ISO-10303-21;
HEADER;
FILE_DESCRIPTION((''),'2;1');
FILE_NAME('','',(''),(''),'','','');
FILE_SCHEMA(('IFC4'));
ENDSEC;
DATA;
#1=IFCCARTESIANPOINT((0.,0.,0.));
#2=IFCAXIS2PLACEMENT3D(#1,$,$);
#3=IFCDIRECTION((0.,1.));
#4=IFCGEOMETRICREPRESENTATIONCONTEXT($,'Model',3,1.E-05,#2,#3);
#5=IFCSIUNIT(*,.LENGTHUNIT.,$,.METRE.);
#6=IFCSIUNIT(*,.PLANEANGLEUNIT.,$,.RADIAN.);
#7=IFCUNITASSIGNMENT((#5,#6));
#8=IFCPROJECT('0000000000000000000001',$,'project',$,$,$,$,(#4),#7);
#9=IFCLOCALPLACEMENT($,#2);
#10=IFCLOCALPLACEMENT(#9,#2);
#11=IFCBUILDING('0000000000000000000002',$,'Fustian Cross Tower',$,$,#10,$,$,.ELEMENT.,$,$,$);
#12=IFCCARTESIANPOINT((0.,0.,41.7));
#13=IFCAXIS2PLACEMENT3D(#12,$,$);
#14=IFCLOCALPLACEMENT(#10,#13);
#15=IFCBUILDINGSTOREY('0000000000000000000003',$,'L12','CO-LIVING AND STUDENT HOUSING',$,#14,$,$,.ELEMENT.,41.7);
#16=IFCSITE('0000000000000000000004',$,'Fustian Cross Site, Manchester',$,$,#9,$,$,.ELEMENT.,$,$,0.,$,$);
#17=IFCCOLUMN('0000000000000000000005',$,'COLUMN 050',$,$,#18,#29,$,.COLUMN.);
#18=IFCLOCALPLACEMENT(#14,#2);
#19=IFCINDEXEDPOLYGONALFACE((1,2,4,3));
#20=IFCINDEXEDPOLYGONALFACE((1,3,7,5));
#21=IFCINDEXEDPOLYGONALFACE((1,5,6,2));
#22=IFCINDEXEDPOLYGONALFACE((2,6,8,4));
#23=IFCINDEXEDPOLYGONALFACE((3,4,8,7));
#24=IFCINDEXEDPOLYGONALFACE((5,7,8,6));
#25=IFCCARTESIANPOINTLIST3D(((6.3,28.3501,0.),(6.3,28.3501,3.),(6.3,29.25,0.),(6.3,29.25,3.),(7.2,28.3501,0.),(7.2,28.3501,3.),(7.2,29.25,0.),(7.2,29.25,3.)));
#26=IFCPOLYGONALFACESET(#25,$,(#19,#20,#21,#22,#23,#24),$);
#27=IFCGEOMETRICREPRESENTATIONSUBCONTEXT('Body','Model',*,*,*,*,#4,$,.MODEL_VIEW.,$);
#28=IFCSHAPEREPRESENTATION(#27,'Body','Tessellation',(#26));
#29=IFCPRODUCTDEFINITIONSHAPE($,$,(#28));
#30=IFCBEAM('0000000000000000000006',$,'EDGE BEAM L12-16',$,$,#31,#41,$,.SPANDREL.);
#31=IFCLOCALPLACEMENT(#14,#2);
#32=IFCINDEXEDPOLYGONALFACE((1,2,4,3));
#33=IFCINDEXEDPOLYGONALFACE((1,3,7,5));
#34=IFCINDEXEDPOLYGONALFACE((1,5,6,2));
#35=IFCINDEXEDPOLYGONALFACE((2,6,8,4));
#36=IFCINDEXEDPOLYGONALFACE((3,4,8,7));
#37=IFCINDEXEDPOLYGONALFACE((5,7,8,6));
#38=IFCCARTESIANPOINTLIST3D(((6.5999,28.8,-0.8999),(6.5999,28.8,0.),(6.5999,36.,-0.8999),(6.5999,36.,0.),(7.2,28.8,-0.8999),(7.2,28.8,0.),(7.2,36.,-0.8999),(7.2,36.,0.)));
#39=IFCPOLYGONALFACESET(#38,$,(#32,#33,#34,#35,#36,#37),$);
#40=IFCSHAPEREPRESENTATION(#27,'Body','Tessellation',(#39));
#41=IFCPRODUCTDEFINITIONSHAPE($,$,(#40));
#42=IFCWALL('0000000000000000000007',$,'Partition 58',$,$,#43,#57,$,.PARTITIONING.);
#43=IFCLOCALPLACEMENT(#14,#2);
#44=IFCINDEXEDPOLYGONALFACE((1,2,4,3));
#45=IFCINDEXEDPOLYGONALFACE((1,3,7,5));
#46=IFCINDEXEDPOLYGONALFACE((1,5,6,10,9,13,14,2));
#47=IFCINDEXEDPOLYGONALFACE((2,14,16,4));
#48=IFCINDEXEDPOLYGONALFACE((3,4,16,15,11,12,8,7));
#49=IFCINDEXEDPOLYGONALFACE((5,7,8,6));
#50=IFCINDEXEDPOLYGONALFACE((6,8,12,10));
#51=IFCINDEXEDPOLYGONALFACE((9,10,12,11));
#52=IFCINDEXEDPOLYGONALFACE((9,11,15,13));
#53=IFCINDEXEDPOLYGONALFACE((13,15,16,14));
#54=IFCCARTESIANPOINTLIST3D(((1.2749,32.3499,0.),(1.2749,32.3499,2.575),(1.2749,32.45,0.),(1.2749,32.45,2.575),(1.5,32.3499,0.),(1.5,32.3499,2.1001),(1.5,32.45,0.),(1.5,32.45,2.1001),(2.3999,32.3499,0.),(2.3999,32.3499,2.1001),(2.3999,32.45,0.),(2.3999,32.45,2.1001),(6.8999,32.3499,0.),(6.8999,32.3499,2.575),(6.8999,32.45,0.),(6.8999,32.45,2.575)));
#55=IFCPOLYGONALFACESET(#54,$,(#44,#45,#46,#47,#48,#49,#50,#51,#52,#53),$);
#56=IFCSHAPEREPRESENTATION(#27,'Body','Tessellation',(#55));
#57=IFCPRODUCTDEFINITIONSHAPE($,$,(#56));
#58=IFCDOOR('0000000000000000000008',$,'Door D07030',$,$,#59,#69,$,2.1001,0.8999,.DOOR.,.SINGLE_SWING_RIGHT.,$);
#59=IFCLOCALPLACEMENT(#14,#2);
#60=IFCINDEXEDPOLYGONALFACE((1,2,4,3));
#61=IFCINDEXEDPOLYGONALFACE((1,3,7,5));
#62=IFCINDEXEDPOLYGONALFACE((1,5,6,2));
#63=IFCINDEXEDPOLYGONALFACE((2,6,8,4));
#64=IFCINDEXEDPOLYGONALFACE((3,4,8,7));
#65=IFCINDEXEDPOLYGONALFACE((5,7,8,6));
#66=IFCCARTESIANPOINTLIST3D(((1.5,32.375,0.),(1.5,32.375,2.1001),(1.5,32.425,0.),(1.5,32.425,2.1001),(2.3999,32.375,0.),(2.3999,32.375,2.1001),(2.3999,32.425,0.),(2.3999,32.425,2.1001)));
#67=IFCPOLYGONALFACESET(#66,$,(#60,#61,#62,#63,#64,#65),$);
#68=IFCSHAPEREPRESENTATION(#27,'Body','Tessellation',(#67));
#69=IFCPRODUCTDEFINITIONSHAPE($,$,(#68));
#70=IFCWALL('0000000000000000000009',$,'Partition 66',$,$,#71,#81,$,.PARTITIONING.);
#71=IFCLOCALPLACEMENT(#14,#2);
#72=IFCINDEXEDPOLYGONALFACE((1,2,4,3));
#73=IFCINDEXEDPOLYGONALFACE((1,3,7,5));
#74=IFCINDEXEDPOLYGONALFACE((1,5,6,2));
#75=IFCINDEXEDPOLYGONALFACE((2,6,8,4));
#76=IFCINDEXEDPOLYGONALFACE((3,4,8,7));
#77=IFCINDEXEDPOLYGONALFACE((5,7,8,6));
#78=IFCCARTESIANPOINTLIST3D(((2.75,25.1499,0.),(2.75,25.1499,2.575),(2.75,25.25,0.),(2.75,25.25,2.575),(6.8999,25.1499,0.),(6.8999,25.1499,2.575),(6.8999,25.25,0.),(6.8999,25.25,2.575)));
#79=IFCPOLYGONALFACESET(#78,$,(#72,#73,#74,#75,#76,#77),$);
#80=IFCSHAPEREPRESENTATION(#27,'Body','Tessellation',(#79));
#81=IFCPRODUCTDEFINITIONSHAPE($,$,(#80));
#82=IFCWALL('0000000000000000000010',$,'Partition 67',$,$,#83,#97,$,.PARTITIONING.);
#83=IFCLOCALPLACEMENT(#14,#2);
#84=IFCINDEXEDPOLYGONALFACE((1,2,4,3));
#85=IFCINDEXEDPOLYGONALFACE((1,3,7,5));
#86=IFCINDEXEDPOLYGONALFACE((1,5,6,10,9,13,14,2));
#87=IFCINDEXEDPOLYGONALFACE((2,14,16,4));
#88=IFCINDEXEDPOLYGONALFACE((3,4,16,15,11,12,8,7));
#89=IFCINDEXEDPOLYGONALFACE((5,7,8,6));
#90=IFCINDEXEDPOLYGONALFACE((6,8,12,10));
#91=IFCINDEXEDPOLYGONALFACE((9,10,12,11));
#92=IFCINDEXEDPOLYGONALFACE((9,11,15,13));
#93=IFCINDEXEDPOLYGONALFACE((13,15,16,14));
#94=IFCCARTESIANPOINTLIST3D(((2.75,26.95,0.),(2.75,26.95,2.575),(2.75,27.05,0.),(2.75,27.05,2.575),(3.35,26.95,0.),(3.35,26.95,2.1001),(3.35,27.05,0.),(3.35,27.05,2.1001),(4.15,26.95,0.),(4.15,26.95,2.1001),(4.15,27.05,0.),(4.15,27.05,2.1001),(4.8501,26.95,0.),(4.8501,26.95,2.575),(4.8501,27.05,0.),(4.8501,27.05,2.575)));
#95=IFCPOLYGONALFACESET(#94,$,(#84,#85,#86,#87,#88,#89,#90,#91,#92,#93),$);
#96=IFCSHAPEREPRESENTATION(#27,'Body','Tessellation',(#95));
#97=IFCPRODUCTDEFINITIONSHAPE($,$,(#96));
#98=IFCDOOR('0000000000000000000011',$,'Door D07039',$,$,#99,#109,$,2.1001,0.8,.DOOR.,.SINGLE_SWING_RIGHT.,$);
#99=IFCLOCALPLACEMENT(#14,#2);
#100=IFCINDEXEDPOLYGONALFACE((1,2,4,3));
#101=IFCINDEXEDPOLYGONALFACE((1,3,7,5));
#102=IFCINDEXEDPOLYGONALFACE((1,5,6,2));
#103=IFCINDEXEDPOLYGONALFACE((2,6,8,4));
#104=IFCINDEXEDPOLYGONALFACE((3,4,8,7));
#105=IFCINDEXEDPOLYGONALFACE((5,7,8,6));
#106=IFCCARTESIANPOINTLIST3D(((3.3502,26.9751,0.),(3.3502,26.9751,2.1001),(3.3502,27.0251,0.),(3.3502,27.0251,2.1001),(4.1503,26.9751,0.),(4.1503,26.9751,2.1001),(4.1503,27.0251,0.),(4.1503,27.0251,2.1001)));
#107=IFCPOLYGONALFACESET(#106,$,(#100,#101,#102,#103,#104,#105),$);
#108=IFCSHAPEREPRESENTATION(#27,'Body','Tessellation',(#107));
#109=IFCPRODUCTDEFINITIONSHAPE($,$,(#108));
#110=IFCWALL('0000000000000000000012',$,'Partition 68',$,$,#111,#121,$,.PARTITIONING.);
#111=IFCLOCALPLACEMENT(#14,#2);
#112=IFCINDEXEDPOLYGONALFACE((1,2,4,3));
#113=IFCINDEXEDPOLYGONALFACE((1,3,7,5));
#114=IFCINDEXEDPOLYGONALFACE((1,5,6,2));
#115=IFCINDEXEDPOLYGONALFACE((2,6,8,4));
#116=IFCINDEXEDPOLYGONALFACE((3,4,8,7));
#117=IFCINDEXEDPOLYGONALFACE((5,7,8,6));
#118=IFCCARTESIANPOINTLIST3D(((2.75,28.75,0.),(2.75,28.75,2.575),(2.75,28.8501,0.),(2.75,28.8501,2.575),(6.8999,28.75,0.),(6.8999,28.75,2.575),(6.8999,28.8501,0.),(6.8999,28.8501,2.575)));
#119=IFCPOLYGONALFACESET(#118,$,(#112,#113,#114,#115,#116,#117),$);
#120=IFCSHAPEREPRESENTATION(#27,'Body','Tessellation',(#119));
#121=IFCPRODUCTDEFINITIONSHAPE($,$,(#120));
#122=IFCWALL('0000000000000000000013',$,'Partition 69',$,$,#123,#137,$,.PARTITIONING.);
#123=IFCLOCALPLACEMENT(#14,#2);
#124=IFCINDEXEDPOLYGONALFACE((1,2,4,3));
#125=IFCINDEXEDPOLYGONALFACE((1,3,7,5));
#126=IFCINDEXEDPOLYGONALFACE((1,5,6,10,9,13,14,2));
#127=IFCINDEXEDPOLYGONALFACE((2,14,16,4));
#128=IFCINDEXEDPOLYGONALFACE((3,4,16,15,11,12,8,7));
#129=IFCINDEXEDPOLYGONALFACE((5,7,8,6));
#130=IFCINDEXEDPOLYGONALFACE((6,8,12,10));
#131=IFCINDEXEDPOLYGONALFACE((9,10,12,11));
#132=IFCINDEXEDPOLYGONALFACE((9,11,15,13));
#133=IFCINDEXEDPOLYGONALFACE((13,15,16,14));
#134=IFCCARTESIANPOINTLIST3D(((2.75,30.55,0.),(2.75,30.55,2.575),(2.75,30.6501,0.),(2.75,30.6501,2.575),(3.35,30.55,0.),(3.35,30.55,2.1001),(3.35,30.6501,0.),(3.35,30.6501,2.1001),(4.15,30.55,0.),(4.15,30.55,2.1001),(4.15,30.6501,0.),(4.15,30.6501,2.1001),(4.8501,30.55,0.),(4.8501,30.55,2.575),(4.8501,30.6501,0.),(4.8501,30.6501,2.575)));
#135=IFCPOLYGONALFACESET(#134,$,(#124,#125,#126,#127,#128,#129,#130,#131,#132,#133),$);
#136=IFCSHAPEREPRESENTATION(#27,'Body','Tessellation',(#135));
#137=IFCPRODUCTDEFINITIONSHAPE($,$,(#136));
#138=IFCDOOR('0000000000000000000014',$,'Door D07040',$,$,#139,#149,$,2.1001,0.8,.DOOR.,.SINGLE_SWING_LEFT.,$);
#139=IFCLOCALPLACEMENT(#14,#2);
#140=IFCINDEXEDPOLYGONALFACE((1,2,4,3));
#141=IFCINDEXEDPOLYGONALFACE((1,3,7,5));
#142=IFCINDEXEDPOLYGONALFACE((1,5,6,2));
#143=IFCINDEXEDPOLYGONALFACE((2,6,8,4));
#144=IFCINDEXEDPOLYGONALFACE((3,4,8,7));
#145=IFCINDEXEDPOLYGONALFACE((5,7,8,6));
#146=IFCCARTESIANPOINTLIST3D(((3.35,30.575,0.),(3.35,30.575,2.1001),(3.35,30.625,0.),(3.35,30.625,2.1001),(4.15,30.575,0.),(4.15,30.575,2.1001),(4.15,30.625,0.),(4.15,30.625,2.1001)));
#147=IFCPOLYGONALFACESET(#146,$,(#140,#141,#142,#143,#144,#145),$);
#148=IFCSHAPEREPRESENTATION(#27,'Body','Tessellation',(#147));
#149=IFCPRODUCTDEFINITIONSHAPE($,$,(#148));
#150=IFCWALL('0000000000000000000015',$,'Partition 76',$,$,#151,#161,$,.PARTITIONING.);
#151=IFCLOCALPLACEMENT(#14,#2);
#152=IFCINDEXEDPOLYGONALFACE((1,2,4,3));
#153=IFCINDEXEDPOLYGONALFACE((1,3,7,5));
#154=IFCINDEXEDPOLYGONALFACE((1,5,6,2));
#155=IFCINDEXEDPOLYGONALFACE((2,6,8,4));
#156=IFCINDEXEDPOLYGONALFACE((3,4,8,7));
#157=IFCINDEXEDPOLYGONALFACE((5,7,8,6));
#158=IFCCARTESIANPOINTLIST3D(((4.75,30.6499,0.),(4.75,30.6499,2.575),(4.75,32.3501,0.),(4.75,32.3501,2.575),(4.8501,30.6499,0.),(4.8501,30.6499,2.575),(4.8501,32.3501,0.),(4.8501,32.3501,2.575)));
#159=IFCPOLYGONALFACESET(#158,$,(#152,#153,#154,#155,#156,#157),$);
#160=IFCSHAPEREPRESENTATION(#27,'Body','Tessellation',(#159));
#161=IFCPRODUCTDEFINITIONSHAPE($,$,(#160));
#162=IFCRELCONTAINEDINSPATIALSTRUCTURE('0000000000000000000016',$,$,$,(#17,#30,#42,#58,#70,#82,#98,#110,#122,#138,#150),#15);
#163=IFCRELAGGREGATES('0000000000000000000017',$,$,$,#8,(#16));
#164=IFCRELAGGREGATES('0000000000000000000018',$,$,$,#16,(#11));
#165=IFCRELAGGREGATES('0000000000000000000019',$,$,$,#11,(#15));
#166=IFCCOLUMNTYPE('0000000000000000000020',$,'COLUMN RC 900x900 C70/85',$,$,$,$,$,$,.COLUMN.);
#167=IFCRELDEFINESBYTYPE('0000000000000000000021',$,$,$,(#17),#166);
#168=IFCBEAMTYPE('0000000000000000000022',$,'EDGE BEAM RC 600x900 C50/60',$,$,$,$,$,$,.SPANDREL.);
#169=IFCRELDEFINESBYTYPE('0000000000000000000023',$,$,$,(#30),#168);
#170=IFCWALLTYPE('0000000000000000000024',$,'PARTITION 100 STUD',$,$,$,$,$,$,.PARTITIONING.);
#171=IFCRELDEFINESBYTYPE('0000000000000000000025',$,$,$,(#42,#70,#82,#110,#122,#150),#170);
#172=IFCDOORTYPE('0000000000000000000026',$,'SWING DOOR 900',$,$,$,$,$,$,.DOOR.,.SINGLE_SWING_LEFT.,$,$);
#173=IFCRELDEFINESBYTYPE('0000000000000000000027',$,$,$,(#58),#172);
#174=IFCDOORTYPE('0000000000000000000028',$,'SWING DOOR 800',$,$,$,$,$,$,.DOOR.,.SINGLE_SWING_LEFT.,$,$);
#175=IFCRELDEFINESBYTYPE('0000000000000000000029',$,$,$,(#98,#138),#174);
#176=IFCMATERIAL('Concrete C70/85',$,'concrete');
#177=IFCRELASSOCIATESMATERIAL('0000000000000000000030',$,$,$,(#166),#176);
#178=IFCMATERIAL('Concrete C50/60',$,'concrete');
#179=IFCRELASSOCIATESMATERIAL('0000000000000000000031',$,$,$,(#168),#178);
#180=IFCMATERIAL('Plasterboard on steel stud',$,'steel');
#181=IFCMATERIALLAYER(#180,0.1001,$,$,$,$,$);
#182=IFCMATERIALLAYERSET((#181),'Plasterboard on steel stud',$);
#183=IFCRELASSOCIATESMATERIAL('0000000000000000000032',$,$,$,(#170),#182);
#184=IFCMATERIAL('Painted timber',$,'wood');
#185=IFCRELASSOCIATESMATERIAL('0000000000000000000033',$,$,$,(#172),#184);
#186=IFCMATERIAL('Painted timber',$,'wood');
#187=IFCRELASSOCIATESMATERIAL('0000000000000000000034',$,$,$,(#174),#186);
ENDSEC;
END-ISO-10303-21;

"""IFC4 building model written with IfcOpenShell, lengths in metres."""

from ifc_helpers import new_model, si_unit, direction, frame, frame_2d, origin, origin_2d, place, context, subcontext, project, spatial, rectangle, extrude, material, layer, layer_set, material_profile, profile_set, type_object, element, fill, save


model = new_model("IFC4")

# Units and contexts
model_context = context("Model", 3, precision=1e-05, world=origin(), true_north=direction((0.0, 1.0)))
body_context = subcontext(model_context, "Body", "Model", "MODEL_VIEW")
ifc_project = project(units=[si_unit("LENGTHUNIT", "METRE"), si_unit("PLANEANGLEUNIT", "RADIAN")], contexts=[model_context])

# Site, building, storey
site_placement = place(None, origin())
site = spatial("IfcSite", under=ifc_project, at=site_placement, Name="Fustian Cross Site, Manchester", CompositionType="ELEMENT", RefElevation=0.0)
building_placement = place(site_placement, origin())
building = spatial("IfcBuilding", under=site, at=building_placement, Name="Fustian Cross Tower", CompositionType="ELEMENT")
storey_placement = place(building_placement, frame((0.0, 0.0, 41.7)))
storey = spatial("IfcBuildingStorey", under=building, at=storey_placement, Name="L12", Description="CO-LIVING AND STUDENT HOUSING", CompositionType="ELEMENT", Elevation=41.7)

# Column
ifc_material_1 = material(Name="Concrete C70/85", Category="concrete")
ifc_material_profile_1 = material_profile(ifc_material_1, rectangle(XDim=0.8999, YDim=0.8999, at=origin_2d()), Name="RC 900x900")
ifc_profile_set_1 = profile_set([ifc_material_profile_1], Name="Concrete C70/85")
column_type = type_object("IfcColumnType", Name="COLUMN RC 900x900 C70/85", PredefinedType="COLUMN", material=ifc_profile_set_1)
column_placement = place(storey_placement, frame((6.75, 28.8, 0.0), z_axis=(0.0, 0.0, 1.0), x_axis=(1.0, 0.0, 0.0)))
element("IfcColumn", 1, at=column_placement, inside=storey, type_object=column_type, Name="COLUMN 050", PredefinedType="COLUMN", context=body_context, shape_type="SweptSolid", body=[
    extrude(rectangle(XDim=0.8999, YDim=0.8999, at=origin_2d()), origin(), (0.0, 0.0, 1.0), 3.0),
])

# Beam
ifc_material_2 = material(Name="Concrete C50/60", Category="concrete")
ifc_material_profile_2 = material_profile(ifc_material_2, rectangle(XDim=0.6001, YDim=0.8999, at=origin_2d()), Name="RC 600x900")
ifc_profile_set_2 = profile_set([ifc_material_profile_2], Name="Concrete C50/60")
beam_type = type_object("IfcBeamType", Name="EDGE BEAM RC 600x900 C50/60", PredefinedType="SPANDREL", material=ifc_profile_set_2)
beam_placement = place(storey_placement, frame((6.8999, 28.8, -0.45), z_axis=(0.0, 1.0, 0.0), x_axis=(-1.0, 0.0, 0.0)))
element("IfcBeam", 2, at=beam_placement, inside=storey, type_object=beam_type, Name="EDGE BEAM L12-16", PredefinedType="SPANDREL", context=body_context, shape_type="SweptSolid", body=[
    extrude(rectangle(XDim=0.6001, YDim=0.8999, at=origin_2d()), origin(), (0.0, 0.0, 1.0), 7.2),
])

# Wall, opening, door
ifc_material_3 = material(Name="Plasterboard on steel stud", Category="steel")
ifc_layer_1 = layer(ifc_material_3, 0.1001)
ifc_layer_set_1 = layer_set([ifc_layer_1], Name="Plasterboard on steel stud")
wall_type_1 = type_object("IfcWallType", Name="PARTITION 100 STUD", PredefinedType="PARTITIONING", material=ifc_layer_set_1)
wall_1_placement = place(storey_placement, frame((1.2749, 32.3999, 0.0), z_axis=(0.0, 0.0, 1.0), x_axis=(1.0, 0.0, 0.0)))
wall_1 = element("IfcWall", 3, at=wall_1_placement, inside=storey, type_object=wall_type_1, Name="Partition 58", PredefinedType="PARTITIONING", context=body_context, shape_type="SweptSolid", body=[
    extrude(rectangle(XDim=5.625, YDim=0.1001, at=frame_2d((2.8125, 0.0))), origin(), (0.0, 0.0, 1.0), 2.575),
])
opening_1_placement = place(wall_1_placement, frame((0.2251, 0.0, 0.0)))
opening_1 = element("IfcOpeningElement", 4, at=opening_1_placement, cuts=wall_1, PredefinedType="OPENING", context=body_context, shape_type="SweptSolid", body=[
    extrude(rectangle(XDim=0.8999, YDim=2.1001, at=frame_2d((0.45, 1.05))), frame((0.0, 0.0601, 0.0), z_axis=(0.0, -1.0, 0.0), x_axis=(1.0, 0.0, 0.0)), (0.0, 0.0, 1.0), 0.1201),
])
ifc_material_4 = material(Name="Painted timber", Category="wood")
door_type_1 = type_object("IfcDoorType", Name="SWING DOOR 900", OperationType="SINGLE_SWING_LEFT", PredefinedType="DOOR", material=ifc_material_4)
door_1_placement = place(opening_1_placement, frame((0.8999, 0.0, 0.0), z_axis=(0.0, 0.0, 1.0), x_axis=(-1.0, 0.0, 0.0)))
door_1 = element("IfcDoor", 5, at=door_1_placement, inside=storey, type_object=door_type_1, Name="Door D07030", OperationType="SINGLE_SWING_RIGHT", OverallHeight=2.1001, OverallWidth=0.8999, PredefinedType="DOOR", context=body_context, shape_type="SweptSolid", body=[
    extrude(rectangle(XDim=0.8999, YDim=2.1001, at=frame_2d((0.45, 1.05))), frame((0.0, 0.0249, 0.0), z_axis=(0.0, -1.0, 0.0), x_axis=(1.0, 0.0, 0.0)), (0.0, 0.0, 1.0), 0.05),
])
fill(opening_1, door_1)

# Wall
wall_2_placement = place(storey_placement, frame((2.75, 25.2, 0.0), z_axis=(0.0, 0.0, 1.0), x_axis=(1.0, 0.0, 0.0)))
element("IfcWall", 6, at=wall_2_placement, inside=storey, type_object=wall_type_1, Name="Partition 66", PredefinedType="PARTITIONING", context=body_context, shape_type="SweptSolid", body=[
    extrude(rectangle(XDim=4.1499, YDim=0.1001, at=frame_2d((2.075, 0.0))), origin(), (0.0, 0.0, 1.0), 2.575),
])

# Wall, opening, door
wall_3_placement = place(storey_placement, frame((2.75, 27.0, 0.0), z_axis=(0.0, 0.0, 1.0), x_axis=(1.0, 0.0, 0.0)))
wall_3 = element("IfcWall", 7, at=wall_3_placement, inside=storey, type_object=wall_type_1, Name="Partition 67", PredefinedType="PARTITIONING", context=body_context, shape_type="SweptSolid", body=[
    extrude(rectangle(XDim=2.1001, YDim=0.1001, at=frame_2d((1.05, 0.0))), origin(), (0.0, 0.0, 1.0), 2.575),
])
opening_2_placement = place(wall_3_placement, frame((0.6001, 0.0, 0.0)))
opening_2 = element("IfcOpeningElement", 8, at=opening_2_placement, cuts=wall_3, PredefinedType="OPENING", context=body_context, shape_type="SweptSolid", body=[
    extrude(rectangle(XDim=0.8, YDim=2.1001, at=frame_2d((0.3999, 1.05))), frame((0.0, 0.0601, 0.0), z_axis=(0.0, -1.0, 0.0), x_axis=(1.0, 0.0, 0.0)), (0.0, 0.0, 1.0), 0.1201),
])
ifc_material_5 = material(Name="Painted timber", Category="wood")
door_type_2 = type_object("IfcDoorType", Name="SWING DOOR 800", OperationType="SINGLE_SWING_LEFT", PredefinedType="DOOR", material=ifc_material_5)
door_2_placement = place(opening_2_placement, frame((0.8, 0.0, 0.0), z_axis=(0.0, 0.0, 1.0), x_axis=(-1.0, 0.0, 0.0)))
door_2 = element("IfcDoor", 9, at=door_2_placement, inside=storey, type_object=door_type_2, Name="Door D07039", OperationType="SINGLE_SWING_RIGHT", OverallHeight=2.1001, OverallWidth=0.8, PredefinedType="DOOR", context=body_context, shape_type="SweptSolid", body=[
    extrude(rectangle(XDim=0.8, YDim=2.1001, at=frame_2d((0.3999, 1.05))), frame((0.0, 0.0249, 0.0), z_axis=(0.0, -1.0, 0.0), x_axis=(1.0, 0.0, 0.0)), (0.0, 0.0, 1.0), 0.05),
])
fill(opening_2, door_2)

# Wall
wall_4_placement = place(storey_placement, frame((2.75, 28.8, 0.0), z_axis=(0.0, 0.0, 1.0), x_axis=(1.0, 0.0, 0.0)))
element("IfcWall", 10, at=wall_4_placement, inside=storey, type_object=wall_type_1, Name="Partition 68", PredefinedType="PARTITIONING", context=body_context, shape_type="SweptSolid", body=[
    extrude(rectangle(XDim=4.1499, YDim=0.1001, at=frame_2d((2.075, 0.0))), origin(), (0.0, 0.0, 1.0), 2.575),
])

# Wall, opening, door
wall_5_placement = place(storey_placement, frame((2.75, 30.6001, 0.0), z_axis=(0.0, 0.0, 1.0), x_axis=(1.0, 0.0, 0.0)))
wall_5 = element("IfcWall", 11, at=wall_5_placement, inside=storey, type_object=wall_type_1, Name="Partition 69", PredefinedType="PARTITIONING", context=body_context, shape_type="SweptSolid", body=[
    extrude(rectangle(XDim=2.1001, YDim=0.1001, at=frame_2d((1.05, 0.0))), origin(), (0.0, 0.0, 1.0), 2.575),
])
opening_3_placement = place(wall_5_placement, frame((0.6001, 0.0, 0.0)))
opening_3 = element("IfcOpeningElement", 12, at=opening_3_placement, cuts=wall_5, PredefinedType="OPENING", context=body_context, shape_type="SweptSolid", body=[
    extrude(rectangle(XDim=0.8, YDim=2.1001, at=frame_2d((0.3999, 1.05))), frame((0.0, 0.0601, 0.0), z_axis=(0.0, -1.0, 0.0), x_axis=(1.0, 0.0, 0.0)), (0.0, 0.0, 1.0), 0.1201),
])
door_3_placement = place(opening_3_placement, origin())
door_3 = element("IfcDoor", 13, at=door_3_placement, inside=storey, type_object=door_type_2, Name="Door D07040", OperationType="SINGLE_SWING_LEFT", OverallHeight=2.1001, OverallWidth=0.8, PredefinedType="DOOR", context=body_context, shape_type="SweptSolid", body=[
    extrude(rectangle(XDim=0.8, YDim=2.1001, at=frame_2d((0.3999, 1.05))), frame((0.0, 0.0249, 0.0), z_axis=(0.0, -1.0, 0.0), x_axis=(1.0, 0.0, 0.0)), (0.0, 0.0, 1.0), 0.05),
])
fill(opening_3, door_3)

# Wall
wall_6_placement = place(storey_placement, frame((4.8, 30.6499, 0.0), z_axis=(0.0, 0.0, 1.0), x_axis=(0.0, 1.0, 0.0)))
element("IfcWall", 14, at=wall_6_placement, inside=storey, type_object=wall_type_1, Name="Partition 76", PredefinedType="PARTITIONING", context=body_context, shape_type="SweptSolid", body=[
    extrude(rectangle(XDim=1.7002, YDim=0.1001, at=frame_2d((0.8501, 0.0))), origin(), (0.0, 0.0, 1.0), 2.575),
])

save(model, "model.ifc")
